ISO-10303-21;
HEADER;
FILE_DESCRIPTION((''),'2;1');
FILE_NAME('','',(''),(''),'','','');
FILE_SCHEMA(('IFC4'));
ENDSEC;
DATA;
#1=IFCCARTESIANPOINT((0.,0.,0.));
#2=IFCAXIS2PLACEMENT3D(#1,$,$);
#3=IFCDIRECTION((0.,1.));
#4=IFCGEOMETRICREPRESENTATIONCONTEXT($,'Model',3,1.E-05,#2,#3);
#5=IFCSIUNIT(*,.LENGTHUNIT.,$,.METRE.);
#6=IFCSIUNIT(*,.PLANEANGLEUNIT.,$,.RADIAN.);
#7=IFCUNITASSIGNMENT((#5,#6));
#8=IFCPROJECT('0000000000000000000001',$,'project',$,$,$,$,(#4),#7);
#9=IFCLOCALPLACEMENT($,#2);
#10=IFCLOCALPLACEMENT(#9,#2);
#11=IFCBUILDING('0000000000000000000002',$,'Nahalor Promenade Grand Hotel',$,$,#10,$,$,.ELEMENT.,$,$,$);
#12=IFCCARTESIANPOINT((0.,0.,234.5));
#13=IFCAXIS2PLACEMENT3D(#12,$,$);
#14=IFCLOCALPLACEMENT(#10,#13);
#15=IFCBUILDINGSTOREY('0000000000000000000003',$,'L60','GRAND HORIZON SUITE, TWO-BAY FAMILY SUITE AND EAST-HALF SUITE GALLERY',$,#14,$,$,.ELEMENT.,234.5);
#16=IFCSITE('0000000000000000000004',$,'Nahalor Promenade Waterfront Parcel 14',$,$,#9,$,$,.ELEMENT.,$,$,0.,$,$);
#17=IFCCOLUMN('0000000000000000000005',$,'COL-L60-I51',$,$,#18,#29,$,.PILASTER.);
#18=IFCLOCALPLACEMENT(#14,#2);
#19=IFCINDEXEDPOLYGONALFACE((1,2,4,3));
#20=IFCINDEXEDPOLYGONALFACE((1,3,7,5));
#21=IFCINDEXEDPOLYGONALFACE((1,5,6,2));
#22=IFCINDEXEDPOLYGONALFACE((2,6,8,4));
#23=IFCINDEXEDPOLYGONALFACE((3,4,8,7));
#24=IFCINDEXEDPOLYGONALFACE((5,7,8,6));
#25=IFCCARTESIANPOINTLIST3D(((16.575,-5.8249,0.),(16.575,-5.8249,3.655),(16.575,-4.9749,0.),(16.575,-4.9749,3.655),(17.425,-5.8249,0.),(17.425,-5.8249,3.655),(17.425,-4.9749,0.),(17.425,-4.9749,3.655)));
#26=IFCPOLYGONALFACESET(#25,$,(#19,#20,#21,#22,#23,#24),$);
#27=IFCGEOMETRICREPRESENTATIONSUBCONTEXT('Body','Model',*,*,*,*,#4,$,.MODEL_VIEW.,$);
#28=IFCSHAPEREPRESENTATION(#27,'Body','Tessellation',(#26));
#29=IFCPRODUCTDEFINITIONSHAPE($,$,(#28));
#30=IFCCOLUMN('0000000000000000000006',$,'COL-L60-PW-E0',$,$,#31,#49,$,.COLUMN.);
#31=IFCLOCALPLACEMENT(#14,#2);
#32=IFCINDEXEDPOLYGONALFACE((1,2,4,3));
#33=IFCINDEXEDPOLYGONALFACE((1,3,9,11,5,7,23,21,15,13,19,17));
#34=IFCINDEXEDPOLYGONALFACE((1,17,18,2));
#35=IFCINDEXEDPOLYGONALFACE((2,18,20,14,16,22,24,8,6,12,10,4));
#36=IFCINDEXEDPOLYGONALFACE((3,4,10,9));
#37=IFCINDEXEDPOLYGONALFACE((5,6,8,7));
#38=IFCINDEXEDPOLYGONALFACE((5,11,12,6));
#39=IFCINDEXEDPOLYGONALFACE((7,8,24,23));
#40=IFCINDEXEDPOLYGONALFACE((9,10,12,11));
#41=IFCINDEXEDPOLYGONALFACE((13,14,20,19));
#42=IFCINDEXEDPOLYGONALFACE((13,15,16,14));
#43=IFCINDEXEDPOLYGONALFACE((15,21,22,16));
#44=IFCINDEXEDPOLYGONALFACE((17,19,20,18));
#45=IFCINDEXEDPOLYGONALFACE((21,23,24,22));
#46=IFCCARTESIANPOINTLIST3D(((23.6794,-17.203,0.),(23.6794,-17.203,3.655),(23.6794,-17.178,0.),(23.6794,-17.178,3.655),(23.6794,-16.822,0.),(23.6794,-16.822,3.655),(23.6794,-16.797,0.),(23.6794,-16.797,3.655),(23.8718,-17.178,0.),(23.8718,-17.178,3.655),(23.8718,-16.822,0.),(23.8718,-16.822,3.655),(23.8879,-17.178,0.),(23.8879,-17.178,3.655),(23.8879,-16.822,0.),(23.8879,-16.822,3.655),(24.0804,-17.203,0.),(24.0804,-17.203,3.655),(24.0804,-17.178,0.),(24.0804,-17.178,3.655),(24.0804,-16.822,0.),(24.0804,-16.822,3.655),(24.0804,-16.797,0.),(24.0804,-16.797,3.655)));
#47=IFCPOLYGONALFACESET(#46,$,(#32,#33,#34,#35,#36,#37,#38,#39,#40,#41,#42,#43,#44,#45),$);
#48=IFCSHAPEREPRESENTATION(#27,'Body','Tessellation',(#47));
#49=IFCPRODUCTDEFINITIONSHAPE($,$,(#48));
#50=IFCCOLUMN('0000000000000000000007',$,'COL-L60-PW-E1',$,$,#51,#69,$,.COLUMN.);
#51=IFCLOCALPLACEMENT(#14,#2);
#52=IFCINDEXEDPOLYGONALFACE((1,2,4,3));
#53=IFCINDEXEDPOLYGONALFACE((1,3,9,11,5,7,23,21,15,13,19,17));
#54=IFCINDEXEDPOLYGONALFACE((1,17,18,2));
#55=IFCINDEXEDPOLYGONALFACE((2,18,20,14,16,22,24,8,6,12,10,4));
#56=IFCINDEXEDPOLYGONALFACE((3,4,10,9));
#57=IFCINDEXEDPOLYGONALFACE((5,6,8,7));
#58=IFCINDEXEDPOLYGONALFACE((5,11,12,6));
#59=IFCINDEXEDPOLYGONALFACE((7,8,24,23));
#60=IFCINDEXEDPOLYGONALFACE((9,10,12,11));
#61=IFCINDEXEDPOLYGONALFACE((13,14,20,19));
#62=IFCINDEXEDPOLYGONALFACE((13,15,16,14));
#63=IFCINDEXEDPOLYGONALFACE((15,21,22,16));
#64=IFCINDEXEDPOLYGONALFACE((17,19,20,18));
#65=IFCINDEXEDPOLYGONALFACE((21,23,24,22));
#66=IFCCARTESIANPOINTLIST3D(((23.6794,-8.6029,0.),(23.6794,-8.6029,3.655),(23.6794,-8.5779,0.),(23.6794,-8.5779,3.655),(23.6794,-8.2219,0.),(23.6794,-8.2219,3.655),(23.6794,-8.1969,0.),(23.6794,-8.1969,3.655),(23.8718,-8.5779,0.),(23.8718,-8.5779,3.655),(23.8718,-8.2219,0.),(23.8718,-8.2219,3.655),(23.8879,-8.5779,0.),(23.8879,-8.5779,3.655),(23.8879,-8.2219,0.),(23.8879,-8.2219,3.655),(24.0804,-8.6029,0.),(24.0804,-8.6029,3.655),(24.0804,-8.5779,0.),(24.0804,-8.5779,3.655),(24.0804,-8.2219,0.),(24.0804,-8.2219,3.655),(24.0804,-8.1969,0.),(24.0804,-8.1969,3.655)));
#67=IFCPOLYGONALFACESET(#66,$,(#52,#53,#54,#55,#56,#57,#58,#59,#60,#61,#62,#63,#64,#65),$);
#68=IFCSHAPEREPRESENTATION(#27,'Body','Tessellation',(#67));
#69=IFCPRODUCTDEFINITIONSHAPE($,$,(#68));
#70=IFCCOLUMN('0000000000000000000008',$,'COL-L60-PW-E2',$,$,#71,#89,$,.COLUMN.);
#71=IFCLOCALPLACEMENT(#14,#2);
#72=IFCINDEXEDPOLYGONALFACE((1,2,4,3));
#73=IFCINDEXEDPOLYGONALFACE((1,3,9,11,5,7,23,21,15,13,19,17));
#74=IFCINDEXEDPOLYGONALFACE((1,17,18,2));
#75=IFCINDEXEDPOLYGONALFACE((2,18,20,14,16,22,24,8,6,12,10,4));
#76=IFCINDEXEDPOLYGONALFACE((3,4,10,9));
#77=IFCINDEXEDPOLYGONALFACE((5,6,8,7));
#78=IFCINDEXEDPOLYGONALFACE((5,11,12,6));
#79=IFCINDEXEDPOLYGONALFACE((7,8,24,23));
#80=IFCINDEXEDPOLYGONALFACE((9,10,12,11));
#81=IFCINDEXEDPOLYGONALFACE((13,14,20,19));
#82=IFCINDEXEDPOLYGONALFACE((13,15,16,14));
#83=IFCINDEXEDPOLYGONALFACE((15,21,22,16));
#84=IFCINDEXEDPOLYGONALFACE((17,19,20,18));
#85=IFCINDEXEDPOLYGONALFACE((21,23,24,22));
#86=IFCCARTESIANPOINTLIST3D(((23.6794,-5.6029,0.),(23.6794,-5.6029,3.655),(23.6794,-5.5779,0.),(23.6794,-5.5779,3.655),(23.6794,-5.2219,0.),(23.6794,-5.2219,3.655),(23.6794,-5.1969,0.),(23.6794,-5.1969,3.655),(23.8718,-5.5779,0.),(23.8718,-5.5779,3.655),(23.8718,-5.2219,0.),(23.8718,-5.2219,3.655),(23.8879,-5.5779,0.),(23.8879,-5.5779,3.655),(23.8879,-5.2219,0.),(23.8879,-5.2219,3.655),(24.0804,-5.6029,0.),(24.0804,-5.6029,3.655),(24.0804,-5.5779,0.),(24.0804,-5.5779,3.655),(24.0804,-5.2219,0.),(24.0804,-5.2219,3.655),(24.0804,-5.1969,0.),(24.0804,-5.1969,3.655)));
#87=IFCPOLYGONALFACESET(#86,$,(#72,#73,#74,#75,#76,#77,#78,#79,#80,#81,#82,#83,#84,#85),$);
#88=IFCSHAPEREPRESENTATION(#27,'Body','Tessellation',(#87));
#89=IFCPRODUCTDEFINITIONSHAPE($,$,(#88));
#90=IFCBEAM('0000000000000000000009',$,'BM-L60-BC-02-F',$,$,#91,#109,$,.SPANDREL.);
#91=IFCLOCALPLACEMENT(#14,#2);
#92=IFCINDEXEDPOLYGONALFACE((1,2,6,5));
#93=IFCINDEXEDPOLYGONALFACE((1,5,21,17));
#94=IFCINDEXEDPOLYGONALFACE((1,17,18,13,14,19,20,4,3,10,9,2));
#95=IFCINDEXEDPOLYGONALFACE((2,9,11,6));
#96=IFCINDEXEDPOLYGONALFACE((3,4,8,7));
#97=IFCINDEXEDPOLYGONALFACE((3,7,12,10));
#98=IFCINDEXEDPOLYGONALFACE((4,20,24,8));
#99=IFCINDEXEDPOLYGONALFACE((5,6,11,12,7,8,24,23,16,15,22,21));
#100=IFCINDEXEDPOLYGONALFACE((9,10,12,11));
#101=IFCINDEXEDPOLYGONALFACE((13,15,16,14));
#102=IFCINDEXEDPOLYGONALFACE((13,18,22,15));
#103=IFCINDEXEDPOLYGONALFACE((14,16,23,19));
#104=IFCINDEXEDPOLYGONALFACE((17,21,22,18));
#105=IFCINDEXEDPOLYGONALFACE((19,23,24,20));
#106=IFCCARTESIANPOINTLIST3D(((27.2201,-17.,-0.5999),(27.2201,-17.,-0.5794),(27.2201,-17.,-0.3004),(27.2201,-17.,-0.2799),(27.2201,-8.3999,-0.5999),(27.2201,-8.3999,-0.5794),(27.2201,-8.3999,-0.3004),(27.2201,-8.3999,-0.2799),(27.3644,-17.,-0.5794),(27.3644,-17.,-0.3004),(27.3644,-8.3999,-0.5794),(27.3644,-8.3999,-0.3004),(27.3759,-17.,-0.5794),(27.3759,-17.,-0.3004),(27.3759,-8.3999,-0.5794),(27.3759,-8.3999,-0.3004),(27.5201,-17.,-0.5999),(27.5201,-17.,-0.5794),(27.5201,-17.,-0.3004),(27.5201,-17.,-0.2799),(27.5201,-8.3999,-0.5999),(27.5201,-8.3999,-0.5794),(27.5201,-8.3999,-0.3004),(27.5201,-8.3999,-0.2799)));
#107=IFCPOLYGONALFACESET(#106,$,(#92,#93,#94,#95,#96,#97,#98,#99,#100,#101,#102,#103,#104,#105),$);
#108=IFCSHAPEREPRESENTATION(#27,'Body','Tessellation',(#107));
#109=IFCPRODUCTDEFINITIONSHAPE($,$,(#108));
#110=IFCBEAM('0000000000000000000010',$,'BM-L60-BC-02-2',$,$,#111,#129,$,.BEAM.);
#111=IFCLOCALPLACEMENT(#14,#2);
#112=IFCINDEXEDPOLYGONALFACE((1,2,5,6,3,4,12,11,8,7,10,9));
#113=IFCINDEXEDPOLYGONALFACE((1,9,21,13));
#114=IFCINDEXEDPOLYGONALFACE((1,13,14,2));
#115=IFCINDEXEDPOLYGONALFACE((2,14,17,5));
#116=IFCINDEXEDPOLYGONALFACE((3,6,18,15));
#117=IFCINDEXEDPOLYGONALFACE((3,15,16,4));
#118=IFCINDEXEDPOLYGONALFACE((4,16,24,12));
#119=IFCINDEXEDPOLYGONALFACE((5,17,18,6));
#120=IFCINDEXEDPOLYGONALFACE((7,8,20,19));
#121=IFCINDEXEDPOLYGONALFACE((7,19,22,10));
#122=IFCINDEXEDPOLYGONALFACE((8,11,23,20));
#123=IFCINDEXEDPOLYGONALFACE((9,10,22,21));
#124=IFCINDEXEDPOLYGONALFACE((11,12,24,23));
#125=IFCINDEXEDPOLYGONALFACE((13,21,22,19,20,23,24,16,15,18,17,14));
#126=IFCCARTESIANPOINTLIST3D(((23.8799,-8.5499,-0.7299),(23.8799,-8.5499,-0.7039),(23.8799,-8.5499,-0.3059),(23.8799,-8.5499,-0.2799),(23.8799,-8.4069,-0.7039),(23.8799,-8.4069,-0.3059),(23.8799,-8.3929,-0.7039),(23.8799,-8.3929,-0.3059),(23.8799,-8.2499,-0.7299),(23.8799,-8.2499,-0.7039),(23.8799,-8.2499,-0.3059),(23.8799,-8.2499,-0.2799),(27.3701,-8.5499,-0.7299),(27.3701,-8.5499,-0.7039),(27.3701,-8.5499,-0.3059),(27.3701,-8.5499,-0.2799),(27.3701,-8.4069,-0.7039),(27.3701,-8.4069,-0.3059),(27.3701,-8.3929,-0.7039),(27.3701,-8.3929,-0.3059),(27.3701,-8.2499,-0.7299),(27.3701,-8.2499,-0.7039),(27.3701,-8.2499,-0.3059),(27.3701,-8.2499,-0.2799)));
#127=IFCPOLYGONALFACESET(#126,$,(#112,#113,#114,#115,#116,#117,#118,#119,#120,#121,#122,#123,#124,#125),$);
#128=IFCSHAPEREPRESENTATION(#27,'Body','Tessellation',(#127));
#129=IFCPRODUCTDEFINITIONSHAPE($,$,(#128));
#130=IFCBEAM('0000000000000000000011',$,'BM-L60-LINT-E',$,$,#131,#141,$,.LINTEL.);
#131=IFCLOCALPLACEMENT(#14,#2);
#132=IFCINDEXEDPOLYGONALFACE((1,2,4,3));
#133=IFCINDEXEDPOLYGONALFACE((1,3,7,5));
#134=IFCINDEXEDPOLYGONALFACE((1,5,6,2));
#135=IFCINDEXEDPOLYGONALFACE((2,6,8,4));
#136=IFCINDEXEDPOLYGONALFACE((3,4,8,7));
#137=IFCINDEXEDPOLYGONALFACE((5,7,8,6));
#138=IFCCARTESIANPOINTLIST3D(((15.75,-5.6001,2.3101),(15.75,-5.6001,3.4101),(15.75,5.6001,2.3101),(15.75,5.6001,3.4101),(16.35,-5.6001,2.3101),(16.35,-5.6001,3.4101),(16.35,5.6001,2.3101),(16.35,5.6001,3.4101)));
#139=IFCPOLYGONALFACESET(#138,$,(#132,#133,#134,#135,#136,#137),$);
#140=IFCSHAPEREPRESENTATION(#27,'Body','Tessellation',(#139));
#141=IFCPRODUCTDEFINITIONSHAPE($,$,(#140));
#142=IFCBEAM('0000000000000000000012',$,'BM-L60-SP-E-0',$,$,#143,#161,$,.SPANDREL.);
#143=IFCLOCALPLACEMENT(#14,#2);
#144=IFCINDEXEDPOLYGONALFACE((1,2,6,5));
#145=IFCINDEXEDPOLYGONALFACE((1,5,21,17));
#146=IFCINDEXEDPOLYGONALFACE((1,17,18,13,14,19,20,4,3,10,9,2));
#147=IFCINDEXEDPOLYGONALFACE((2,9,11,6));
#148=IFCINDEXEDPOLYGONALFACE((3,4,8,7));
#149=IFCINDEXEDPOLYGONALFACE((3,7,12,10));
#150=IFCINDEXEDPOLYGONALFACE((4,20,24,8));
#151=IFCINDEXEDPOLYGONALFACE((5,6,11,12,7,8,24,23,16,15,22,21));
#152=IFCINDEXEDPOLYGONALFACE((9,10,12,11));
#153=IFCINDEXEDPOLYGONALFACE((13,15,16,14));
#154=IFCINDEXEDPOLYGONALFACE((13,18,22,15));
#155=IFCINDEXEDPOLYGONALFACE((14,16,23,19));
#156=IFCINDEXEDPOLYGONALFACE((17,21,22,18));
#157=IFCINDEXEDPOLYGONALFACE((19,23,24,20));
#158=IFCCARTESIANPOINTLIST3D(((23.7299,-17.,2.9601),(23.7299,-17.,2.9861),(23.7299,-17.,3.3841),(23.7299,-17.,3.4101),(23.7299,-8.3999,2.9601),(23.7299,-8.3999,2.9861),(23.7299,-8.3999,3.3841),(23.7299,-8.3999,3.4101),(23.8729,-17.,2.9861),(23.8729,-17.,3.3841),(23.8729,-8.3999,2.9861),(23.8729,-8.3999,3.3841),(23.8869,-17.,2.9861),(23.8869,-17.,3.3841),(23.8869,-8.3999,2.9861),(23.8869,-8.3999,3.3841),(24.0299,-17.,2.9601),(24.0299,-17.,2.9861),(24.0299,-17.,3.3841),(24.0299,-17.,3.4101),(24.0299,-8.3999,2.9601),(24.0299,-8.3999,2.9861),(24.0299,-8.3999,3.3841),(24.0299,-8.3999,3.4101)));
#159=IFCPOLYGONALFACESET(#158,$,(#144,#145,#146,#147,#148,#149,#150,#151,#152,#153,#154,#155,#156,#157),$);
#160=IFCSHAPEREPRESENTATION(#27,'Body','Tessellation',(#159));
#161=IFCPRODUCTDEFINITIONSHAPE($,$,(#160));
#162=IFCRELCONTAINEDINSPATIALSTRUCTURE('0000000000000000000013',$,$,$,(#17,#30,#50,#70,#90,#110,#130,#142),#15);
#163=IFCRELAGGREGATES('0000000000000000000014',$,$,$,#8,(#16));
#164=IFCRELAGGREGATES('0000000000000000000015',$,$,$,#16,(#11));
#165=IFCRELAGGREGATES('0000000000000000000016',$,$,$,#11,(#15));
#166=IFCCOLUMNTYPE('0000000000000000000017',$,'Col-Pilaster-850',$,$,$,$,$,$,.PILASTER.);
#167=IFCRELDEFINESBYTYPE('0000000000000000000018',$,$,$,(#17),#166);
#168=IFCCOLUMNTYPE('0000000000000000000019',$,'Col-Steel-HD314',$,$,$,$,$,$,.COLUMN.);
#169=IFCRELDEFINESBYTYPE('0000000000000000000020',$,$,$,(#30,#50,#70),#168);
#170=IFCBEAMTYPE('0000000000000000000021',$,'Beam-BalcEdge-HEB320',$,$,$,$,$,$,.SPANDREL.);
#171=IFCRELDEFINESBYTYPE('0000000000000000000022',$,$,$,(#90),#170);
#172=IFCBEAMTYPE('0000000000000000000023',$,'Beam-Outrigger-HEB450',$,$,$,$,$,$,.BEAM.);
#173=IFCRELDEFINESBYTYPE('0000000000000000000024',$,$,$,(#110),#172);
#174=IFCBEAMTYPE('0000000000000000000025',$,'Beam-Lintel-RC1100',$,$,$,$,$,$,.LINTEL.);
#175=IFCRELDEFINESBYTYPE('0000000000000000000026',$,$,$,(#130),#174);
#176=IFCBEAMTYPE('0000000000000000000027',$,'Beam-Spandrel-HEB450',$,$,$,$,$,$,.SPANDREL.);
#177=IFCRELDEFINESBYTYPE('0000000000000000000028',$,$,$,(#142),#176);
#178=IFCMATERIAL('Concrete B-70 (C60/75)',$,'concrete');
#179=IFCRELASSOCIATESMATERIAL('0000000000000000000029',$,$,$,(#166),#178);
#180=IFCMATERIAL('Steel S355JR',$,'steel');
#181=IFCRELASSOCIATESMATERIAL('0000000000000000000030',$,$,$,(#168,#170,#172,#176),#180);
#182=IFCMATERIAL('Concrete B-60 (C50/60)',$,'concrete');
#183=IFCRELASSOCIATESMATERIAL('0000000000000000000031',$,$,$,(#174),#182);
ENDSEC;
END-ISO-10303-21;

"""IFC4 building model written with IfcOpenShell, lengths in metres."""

from ifc_helpers import new_model, si_unit, direction, frame, origin, origin_2d, place, context, subcontext, project, spatial, rectangle, i_section, extrude, source, transform, mapped, material, material_profile, profile_set, type_object, element, save


model = new_model("IFC4")

# Units and contexts
model_context = context("Model", 3, precision=1e-05, world=origin(), true_north=direction((0.0, 1.0)))
body_context = subcontext(model_context, "Body", "Model", "MODEL_VIEW")
ifc_project = project(units=[si_unit("LENGTHUNIT", "METRE"), si_unit("PLANEANGLEUNIT", "RADIAN")], contexts=[model_context])

# Site, building, storey
site_placement = place(None, origin())
site = spatial("IfcSite", under=ifc_project, at=site_placement, Name="Nahalor Promenade Waterfront Parcel 14", CompositionType="ELEMENT", RefElevation=0.0)
building_placement = place(site_placement, origin())
building = spatial("IfcBuilding", under=site, at=building_placement, Name="Nahalor Promenade Grand Hotel", CompositionType="ELEMENT")
storey_placement = place(building_placement, frame((0.0, 0.0, 234.5)))
storey = spatial("IfcBuildingStorey", under=building, at=storey_placement, Name="L60", Description="GRAND HORIZON SUITE, TWO-BAY FAMILY SUITE AND EAST-HALF SUITE GALLERY", CompositionType="ELEMENT", Elevation=234.5)

# Columns
ifc_material_1 = material(Name="Concrete B-70 (C60/75)", Category="concrete")
ifc_material_profile_1 = material_profile(ifc_material_1, rectangle(XDim=0.85, YDim=0.85, at=origin_2d()), Name="RC 850x850")
ifc_profile_set_1 = profile_set([ifc_material_profile_1], Name="Concrete B-70 (C60/75)")
column_type_1 = type_object("IfcColumnType", Name="Col-Pilaster-850", PredefinedType="PILASTER", material=ifc_profile_set_1)
shared_shape_1 = source(origin(), body_context, "Body", "SweptSolid", [
    extrude(rectangle(XDim=0.85, YDim=0.85, at=origin_2d()), origin(), (0.0, 0.0, 1.0), 3.655),
])
column_placement = place(storey_placement, frame((17.0, -5.3999, 0.0), z_axis=(0.0, 0.0, 1.0), x_axis=(1.0, 0.0, 0.0)))
element("IfcColumn", 1, at=column_placement, inside=storey, type_object=column_type_1, Name="COL-L60-I51", PredefinedType="PILASTER", context=body_context, shape_type="MappedRepresentation", body=[
    mapped(shared_shape_1, transform((0.0, 0.0, 0.0), scale=1.0)),
])
ifc_material_2 = material(Name="Steel S355JR", Category="steel")
ifc_material_profile_2 = material_profile(ifc_material_2, i_section(OverallWidth=0.401, OverallDepth=0.406, WebThickness=0.0161, FlangeThickness=0.025, at=origin_2d()), Name="HD 400x314")
ifc_profile_set_2 = profile_set([ifc_material_profile_2], Name="Steel S355JR")
column_type_2 = type_object("IfcColumnType", Name="Col-Steel-HD314", PredefinedType="COLUMN", material=ifc_profile_set_2)
shared_shape_2 = source(origin(), body_context, "Body", "SweptSolid", [
    extrude(i_section(OverallWidth=0.401, OverallDepth=0.406, WebThickness=0.0161, FlangeThickness=0.025, at=origin_2d()), origin(), (0.0, 0.0, 1.0), 3.655),
])
for number, where, z_axis, x_axis, name in (
    (2, (23.8799, -17.0, 0.0), (0.0, 0.0, 1.0), (1.0, 0.0, 0.0), "COL-L60-PW-E0"),
    (3, (23.8799, -8.3999, 0.0), (0.0, 0.0, 1.0), (1.0, 0.0, 0.0), "COL-L60-PW-E1"),
    (4, (23.8799, -5.3999, 0.0), (0.0, 0.0, 1.0), (1.0, 0.0, 0.0), "COL-L60-PW-E2"),
):
    element("IfcColumn", number, at=place(storey_placement, frame(where, z_axis=z_axis, x_axis=x_axis)), inside=storey, type_object=column_type_2, Name=name, PredefinedType="COLUMN", context=body_context, shape_type="MappedRepresentation", body=[
        mapped(shared_shape_2, transform((0.0, 0.0, 0.0), scale=1.0)),
    ])

# Beams
ifc_material_profile_3 = material_profile(ifc_material_2, i_section(OverallWidth=0.3, OverallDepth=0.32, WebThickness=0.0115, FlangeThickness=0.0205, at=origin_2d()), Name="HEB 320")
ifc_profile_set_3 = profile_set([ifc_material_profile_3], Name="Steel S355JR")
beam_type_1 = type_object("IfcBeamType", Name="Beam-BalcEdge-HEB320", PredefinedType="SPANDREL", material=ifc_profile_set_3)
shared_shape_3 = source(origin(), body_context, "Body", "SweptSolid", [
    extrude(i_section(OverallWidth=0.3, OverallDepth=0.32, WebThickness=0.0115, FlangeThickness=0.0205, at=origin_2d()), origin(), (0.0, 0.0, 1.0), 8.6001),
])
beam_1_placement = place(storey_placement, frame((27.3701, -17.0, -0.4399), z_axis=(0.0, 1.0, 0.0), x_axis=(-1.0, 0.0, 0.0)))
element("IfcBeam", 5, at=beam_1_placement, inside=storey, type_object=beam_type_1, Name="BM-L60-BC-02-F", PredefinedType="SPANDREL", context=body_context, shape_type="MappedRepresentation", body=[
    mapped(shared_shape_3, transform((0.0, 0.0, 0.0), scale=1.0)),
])
ifc_material_profile_4 = material_profile(ifc_material_2, i_section(OverallWidth=0.3, OverallDepth=0.45, WebThickness=0.014, FlangeThickness=0.026, at=origin_2d()), Name="HEB 450")
ifc_profile_set_4 = profile_set([ifc_material_profile_4], Name="Steel S355JR")
beam_type_2 = type_object("IfcBeamType", Name="Beam-Outrigger-HEB450", PredefinedType="BEAM", material=ifc_profile_set_4)
shared_shape_4 = source(origin(), body_context, "Body", "SweptSolid", [
    extrude(i_section(OverallWidth=0.3, OverallDepth=0.45, WebThickness=0.014, FlangeThickness=0.026, at=origin_2d()), origin(), (0.0, 0.0, 1.0), 3.4902),
])
beam_2_placement = place(storey_placement, frame((23.8799, -8.3999, -0.5049), z_axis=(1.0, 0.0, 0.0), x_axis=(0.0, 1.0, 0.0)))
element("IfcBeam", 6, at=beam_2_placement, inside=storey, type_object=beam_type_2, Name="BM-L60-BC-02-2", PredefinedType="BEAM", context=body_context, shape_type="MappedRepresentation", body=[
    mapped(shared_shape_4, transform((0.0, 0.0, 0.0), scale=1.0)),
])
ifc_material_3 = material(Name="Concrete B-60 (C50/60)", Category="concrete")
ifc_material_profile_5 = material_profile(ifc_material_3, rectangle(XDim=0.6, YDim=1.1, at=origin_2d()), Name="RC 600x1100")
ifc_profile_set_5 = profile_set([ifc_material_profile_5], Name="Concrete B-60 (C50/60)")
beam_type_3 = type_object("IfcBeamType", Name="Beam-Lintel-RC1100", PredefinedType="LINTEL", material=ifc_profile_set_5)
shared_shape_5 = source(origin(), body_context, "Body", "SweptSolid", [
    extrude(rectangle(XDim=0.6, YDim=1.1, at=origin_2d()), origin(), (0.0, 0.0, 1.0), 11.2002),
])
beam_3_placement = place(storey_placement, frame((16.05, -5.6001, 2.8601), z_axis=(0.0, 1.0, 0.0), x_axis=(-1.0, 0.0, 0.0)))
element("IfcBeam", 7, at=beam_3_placement, inside=storey, type_object=beam_type_3, Name="BM-L60-LINT-E", PredefinedType="LINTEL", context=body_context, shape_type="MappedRepresentation", body=[
    mapped(shared_shape_5, transform((0.0, 0.0, 0.0), scale=1.0)),
])
ifc_material_profile_6 = material_profile(ifc_material_2, i_section(OverallWidth=0.3, OverallDepth=0.45, WebThickness=0.014, FlangeThickness=0.026, at=origin_2d()), Name="HEB 450")
ifc_profile_set_6 = profile_set([ifc_material_profile_6], Name="Steel S355JR")
beam_type_4 = type_object("IfcBeamType", Name="Beam-Spandrel-HEB450", PredefinedType="SPANDREL", material=ifc_profile_set_6)
shared_shape_6 = source(origin(), body_context, "Body", "SweptSolid", [
    extrude(i_section(OverallWidth=0.3, OverallDepth=0.45, WebThickness=0.014, FlangeThickness=0.026, at=origin_2d()), origin(), (0.0, 0.0, 1.0), 8.6001),
])
beam_4_placement = place(storey_placement, frame((23.8799, -17.0, 3.1851), z_axis=(0.0, 1.0, 0.0), x_axis=(-1.0, 0.0, 0.0)))
element("IfcBeam", 8, at=beam_4_placement, inside=storey, type_object=beam_type_4, Name="BM-L60-SP-E-0", PredefinedType="SPANDREL", context=body_context, shape_type="MappedRepresentation", body=[
    mapped(shared_shape_6, transform((0.0, 0.0, 0.0), scale=1.0)),
])

save(model, "model.ifc")
